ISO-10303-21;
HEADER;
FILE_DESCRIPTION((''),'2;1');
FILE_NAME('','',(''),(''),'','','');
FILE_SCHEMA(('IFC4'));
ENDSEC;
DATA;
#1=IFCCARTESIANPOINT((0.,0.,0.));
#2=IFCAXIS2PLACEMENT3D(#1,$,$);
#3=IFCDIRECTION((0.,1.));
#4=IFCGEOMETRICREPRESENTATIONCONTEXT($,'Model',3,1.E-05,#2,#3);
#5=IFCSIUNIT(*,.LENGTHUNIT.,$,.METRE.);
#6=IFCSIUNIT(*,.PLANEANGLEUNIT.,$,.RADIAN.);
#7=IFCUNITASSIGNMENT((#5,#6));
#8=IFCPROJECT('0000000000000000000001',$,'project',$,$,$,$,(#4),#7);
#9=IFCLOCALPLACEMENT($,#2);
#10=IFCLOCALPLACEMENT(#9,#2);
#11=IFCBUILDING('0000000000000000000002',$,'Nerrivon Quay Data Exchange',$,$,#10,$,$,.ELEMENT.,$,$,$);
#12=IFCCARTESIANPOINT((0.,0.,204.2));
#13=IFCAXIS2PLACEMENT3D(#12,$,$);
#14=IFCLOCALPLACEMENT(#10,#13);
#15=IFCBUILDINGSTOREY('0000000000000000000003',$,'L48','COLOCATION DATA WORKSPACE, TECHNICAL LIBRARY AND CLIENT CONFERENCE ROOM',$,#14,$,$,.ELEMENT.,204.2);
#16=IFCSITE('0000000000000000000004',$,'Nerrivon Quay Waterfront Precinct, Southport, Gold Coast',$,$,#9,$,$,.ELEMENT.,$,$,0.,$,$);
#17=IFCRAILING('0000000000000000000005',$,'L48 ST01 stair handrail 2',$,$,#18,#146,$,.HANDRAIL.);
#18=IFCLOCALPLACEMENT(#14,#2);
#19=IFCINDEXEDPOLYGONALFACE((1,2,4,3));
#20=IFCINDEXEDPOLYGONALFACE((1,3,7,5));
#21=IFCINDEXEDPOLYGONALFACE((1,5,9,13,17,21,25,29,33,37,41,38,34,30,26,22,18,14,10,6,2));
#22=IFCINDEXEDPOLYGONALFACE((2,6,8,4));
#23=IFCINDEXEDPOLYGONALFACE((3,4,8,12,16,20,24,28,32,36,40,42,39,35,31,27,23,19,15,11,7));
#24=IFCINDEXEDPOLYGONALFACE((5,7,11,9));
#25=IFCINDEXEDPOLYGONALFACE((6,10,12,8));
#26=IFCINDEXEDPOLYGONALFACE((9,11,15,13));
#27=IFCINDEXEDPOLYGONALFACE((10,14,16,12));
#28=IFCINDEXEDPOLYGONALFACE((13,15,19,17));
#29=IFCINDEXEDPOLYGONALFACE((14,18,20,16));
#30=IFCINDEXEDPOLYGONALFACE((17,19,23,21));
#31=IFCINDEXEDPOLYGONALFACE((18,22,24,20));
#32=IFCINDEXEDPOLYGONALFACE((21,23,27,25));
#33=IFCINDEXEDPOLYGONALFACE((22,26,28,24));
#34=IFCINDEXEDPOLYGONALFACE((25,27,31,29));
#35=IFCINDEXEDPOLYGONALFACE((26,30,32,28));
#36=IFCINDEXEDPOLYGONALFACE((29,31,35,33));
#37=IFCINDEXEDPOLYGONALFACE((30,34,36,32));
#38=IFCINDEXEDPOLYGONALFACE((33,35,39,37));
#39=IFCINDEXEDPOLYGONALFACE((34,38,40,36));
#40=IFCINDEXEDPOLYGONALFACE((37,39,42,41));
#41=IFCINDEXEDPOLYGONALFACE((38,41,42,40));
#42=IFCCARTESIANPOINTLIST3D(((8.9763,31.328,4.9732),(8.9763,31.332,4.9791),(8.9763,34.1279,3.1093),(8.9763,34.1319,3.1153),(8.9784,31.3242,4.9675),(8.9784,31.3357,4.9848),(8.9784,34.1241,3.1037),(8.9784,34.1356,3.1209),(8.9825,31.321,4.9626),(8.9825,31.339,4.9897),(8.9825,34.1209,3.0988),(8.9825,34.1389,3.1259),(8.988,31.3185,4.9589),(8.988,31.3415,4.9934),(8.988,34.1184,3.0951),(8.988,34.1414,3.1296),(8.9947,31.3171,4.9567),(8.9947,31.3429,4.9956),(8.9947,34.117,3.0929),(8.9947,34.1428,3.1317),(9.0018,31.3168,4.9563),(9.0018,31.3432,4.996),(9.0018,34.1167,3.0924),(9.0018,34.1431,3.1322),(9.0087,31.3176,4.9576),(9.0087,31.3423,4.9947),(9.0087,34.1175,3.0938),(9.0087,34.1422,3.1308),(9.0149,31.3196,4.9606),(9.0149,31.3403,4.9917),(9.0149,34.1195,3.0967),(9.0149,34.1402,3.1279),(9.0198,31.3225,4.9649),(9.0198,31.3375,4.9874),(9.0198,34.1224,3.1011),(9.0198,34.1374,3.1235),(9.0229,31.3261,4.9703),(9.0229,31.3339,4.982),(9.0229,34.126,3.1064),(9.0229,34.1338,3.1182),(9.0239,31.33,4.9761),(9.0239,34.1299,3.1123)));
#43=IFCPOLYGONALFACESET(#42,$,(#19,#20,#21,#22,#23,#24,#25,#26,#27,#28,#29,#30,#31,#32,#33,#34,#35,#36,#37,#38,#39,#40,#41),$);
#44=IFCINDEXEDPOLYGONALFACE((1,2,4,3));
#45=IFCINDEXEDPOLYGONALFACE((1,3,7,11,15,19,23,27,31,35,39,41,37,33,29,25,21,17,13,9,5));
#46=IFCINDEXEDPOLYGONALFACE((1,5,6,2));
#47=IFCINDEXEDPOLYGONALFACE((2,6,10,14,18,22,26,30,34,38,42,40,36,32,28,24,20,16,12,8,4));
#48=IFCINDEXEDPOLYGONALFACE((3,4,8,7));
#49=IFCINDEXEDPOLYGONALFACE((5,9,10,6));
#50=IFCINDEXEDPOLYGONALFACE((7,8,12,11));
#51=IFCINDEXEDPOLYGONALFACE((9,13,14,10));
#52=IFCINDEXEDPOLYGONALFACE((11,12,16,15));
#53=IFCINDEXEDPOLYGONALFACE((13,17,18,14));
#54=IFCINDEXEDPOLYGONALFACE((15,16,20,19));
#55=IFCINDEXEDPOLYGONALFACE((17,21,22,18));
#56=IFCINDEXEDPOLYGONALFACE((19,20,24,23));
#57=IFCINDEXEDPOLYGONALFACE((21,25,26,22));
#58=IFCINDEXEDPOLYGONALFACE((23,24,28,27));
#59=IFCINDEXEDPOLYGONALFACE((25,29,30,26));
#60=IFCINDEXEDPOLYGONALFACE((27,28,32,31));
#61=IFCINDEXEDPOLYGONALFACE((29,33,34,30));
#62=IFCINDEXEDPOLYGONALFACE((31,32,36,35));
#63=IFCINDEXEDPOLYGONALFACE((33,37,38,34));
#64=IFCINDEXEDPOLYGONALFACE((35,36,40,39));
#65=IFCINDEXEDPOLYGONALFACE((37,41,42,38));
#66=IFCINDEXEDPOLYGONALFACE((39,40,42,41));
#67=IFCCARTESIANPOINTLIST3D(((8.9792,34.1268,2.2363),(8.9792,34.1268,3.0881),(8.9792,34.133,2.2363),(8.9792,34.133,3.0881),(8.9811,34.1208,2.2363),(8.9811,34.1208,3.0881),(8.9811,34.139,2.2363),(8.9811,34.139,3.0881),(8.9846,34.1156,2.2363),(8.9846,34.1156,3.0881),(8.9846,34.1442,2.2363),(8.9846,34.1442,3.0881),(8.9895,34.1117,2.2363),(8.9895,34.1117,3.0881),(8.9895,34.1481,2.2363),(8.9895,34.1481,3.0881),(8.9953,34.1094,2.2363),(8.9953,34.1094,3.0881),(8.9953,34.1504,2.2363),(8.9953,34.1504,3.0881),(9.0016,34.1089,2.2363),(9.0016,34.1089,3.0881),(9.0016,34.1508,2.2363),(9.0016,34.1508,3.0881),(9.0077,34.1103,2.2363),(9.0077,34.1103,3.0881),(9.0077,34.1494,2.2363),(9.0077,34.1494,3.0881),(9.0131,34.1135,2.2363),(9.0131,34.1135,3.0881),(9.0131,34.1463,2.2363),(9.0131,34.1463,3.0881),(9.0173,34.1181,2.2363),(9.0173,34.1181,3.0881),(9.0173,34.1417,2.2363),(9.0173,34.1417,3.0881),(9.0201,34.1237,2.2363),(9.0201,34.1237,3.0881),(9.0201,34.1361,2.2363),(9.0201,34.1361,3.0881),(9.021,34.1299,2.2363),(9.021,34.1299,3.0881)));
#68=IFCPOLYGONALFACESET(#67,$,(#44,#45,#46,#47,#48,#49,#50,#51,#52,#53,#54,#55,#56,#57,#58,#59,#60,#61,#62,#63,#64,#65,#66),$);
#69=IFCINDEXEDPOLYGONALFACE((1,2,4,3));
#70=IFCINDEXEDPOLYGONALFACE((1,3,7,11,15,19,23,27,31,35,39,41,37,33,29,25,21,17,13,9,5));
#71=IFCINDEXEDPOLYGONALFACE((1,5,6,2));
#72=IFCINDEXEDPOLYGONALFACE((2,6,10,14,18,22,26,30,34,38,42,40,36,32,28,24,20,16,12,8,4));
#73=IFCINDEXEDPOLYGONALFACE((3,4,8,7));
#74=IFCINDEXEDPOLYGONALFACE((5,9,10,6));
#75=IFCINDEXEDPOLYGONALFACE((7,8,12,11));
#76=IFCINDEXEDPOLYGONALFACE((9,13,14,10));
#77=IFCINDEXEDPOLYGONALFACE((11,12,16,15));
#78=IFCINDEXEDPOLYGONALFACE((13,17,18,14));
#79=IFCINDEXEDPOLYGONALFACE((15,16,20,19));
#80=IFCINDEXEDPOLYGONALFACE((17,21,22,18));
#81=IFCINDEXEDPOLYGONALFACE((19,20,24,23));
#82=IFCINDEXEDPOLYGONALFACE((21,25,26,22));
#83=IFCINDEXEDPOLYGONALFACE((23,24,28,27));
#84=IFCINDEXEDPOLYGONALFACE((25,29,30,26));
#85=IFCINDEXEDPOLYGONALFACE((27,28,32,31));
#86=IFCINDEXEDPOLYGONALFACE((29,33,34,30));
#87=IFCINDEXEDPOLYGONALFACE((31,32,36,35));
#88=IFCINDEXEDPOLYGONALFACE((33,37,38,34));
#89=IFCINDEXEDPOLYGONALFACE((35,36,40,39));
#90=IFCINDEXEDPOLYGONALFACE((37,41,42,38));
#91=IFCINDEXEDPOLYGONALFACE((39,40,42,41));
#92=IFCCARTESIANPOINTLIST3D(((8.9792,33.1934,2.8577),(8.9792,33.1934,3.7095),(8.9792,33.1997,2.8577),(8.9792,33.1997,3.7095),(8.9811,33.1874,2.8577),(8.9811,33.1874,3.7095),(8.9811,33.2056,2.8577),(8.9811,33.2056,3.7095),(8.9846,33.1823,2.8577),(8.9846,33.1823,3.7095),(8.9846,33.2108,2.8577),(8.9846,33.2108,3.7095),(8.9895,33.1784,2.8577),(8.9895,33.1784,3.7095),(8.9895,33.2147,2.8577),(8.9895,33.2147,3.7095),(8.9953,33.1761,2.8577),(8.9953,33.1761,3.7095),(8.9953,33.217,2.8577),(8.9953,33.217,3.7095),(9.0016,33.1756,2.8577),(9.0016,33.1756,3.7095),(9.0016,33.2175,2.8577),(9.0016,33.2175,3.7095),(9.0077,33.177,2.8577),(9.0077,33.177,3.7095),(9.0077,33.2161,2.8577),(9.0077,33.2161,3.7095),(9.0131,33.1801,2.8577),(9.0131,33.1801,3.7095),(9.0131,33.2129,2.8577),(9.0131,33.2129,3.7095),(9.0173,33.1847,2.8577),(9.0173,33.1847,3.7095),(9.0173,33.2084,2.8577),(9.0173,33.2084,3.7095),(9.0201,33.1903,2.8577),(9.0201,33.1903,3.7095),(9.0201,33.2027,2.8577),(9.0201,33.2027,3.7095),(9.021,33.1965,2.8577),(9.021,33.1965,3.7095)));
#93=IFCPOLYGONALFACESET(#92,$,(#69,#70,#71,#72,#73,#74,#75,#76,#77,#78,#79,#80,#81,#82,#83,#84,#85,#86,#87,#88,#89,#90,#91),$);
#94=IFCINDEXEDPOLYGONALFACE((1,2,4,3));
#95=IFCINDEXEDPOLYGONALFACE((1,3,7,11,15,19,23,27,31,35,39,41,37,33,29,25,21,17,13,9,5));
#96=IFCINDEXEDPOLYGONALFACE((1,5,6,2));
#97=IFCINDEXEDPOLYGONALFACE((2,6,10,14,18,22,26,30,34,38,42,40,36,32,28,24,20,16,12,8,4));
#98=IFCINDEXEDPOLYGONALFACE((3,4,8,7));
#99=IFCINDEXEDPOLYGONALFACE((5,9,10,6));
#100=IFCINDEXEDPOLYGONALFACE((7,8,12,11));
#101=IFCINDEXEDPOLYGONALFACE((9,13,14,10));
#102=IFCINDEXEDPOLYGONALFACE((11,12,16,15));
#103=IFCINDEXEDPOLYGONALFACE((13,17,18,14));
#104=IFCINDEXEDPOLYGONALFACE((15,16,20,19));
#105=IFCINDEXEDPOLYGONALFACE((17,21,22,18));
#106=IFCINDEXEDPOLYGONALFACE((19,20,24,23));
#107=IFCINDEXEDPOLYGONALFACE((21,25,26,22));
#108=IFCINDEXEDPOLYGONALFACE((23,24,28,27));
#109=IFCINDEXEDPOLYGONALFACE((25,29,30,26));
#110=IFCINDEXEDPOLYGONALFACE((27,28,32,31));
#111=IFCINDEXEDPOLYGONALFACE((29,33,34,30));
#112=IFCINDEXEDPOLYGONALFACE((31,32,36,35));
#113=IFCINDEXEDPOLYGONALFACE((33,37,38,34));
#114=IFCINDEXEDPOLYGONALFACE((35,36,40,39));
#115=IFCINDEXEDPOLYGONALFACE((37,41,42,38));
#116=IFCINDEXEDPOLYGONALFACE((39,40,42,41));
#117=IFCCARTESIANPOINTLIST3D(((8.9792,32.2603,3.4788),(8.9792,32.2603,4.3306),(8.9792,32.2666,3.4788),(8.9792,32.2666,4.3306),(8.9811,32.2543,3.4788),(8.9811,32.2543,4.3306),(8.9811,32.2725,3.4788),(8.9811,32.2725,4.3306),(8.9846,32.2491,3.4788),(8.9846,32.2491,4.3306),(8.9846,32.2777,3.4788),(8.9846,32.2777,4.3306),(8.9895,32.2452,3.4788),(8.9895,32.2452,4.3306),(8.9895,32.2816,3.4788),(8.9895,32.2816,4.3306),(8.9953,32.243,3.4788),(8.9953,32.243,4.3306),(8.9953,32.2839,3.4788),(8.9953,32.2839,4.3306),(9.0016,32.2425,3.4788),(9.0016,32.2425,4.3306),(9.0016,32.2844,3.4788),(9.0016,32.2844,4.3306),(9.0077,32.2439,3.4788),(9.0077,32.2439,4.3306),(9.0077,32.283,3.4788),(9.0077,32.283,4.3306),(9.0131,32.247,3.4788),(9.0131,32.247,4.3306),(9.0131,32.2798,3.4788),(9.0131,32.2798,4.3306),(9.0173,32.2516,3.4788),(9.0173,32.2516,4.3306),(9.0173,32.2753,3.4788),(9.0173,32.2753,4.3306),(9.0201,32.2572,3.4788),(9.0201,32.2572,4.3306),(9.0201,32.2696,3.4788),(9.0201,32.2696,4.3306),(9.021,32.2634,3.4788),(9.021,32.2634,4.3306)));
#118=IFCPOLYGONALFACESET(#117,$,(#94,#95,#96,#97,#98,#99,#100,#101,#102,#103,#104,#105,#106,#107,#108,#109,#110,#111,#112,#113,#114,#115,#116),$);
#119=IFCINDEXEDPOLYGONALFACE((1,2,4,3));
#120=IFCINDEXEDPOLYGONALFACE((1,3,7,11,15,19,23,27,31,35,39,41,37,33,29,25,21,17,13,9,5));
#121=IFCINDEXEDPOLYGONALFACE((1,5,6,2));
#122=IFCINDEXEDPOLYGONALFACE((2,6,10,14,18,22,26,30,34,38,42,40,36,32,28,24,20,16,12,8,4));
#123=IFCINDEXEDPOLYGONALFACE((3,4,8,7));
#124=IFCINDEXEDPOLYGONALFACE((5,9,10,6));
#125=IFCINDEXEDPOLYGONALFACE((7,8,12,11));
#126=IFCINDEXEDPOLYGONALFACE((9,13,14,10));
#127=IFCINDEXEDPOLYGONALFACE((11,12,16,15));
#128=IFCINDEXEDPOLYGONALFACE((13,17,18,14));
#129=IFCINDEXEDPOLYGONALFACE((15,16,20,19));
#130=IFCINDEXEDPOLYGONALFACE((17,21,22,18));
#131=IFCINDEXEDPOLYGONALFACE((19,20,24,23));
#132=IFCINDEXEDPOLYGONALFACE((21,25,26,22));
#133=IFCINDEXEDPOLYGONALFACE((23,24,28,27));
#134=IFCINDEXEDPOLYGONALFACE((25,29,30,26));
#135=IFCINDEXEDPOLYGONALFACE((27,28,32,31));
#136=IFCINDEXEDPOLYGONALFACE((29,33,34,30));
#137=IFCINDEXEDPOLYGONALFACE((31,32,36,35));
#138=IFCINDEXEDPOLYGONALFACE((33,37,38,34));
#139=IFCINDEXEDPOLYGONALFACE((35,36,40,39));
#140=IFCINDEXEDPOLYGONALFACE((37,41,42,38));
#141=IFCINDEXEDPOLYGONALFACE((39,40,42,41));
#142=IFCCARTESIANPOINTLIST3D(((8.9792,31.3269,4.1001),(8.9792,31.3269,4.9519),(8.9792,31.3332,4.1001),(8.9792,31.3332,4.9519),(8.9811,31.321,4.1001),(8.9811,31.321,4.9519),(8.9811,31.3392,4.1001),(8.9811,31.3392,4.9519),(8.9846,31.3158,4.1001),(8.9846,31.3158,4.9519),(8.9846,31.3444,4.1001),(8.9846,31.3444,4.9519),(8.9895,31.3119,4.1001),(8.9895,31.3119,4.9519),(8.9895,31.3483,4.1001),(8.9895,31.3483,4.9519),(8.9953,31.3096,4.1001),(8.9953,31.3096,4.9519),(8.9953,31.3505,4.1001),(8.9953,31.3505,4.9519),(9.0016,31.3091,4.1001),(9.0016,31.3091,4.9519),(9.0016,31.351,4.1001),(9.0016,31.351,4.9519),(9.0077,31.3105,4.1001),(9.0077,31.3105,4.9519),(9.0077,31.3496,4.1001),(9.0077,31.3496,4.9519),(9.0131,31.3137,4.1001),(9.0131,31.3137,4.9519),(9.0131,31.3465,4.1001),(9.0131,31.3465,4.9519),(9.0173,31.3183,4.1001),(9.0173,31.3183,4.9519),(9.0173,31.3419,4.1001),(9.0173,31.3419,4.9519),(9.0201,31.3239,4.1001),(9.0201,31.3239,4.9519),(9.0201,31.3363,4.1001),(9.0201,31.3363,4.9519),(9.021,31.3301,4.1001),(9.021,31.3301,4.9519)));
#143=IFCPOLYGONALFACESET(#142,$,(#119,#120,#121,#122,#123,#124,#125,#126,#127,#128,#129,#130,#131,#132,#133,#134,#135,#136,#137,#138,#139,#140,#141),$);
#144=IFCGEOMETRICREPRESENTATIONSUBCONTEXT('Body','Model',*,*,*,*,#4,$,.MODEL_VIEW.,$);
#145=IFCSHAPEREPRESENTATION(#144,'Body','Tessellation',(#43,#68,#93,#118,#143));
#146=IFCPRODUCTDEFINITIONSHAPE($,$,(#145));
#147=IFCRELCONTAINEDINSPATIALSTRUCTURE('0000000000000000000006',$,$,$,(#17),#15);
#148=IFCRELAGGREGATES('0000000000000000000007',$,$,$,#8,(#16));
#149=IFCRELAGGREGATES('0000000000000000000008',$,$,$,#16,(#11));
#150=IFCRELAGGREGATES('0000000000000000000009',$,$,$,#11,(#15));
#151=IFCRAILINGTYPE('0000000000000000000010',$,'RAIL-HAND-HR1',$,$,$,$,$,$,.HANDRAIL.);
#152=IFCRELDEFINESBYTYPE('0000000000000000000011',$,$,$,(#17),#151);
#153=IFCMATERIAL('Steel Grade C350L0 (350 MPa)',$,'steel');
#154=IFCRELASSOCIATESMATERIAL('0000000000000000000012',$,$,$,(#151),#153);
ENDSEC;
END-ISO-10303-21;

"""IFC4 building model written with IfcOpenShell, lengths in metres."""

from ifc_helpers import new_model, si_unit, direction, frame, origin, origin_2d, place, context, subcontext, project, spatial, circle, extrude, material, type_object, element, save


model = new_model("IFC4")

# Units and contexts
model_context = context("Model", 3, precision=1e-05, world=origin(), true_north=direction((0.0, 1.0)))
body_context = subcontext(model_context, "Body", "Model", "MODEL_VIEW")
ifc_project = project(units=[si_unit("LENGTHUNIT", "METRE"), si_unit("PLANEANGLEUNIT", "RADIAN")], contexts=[model_context])

# Site, building, storey
site_placement = place(None, origin())
site = spatial("IfcSite", under=ifc_project, at=site_placement, Name="Nerrivon Quay Waterfront Precinct, Southport, Gold Coast", CompositionType="ELEMENT", RefElevation=0.0)
building_placement = place(site_placement, origin())
building = spatial("IfcBuilding", under=site, at=building_placement, Name="Nerrivon Quay Data Exchange", CompositionType="ELEMENT")
storey_placement = place(building_placement, frame((0.0, 0.0, 204.2)))
storey = spatial("IfcBuildingStorey", under=building, at=storey_placement, Name="L48", Description="COLOCATION DATA WORKSPACE, TECHNICAL LIBRARY AND CLIENT CONFERENCE ROOM", CompositionType="ELEMENT", Elevation=204.2)

# Railing
ifc_material_1 = material(Name="Steel Grade C350L0 (350 MPa)", Category="steel")
railing_type_1 = type_object("IfcRailingType", Name="RAIL-HAND-HR1", PredefinedType="HANDRAIL", material=ifc_material_1)
railing_1_placement = place(storey_placement, frame((9.0, 34.1299, 2.2363)))
element("IfcRailing", 1, at=railing_1_placement, inside=storey, type_object=railing_type_1, Name="L48 ST01 stair handrail 2", PredefinedType="HANDRAIL", context=body_context, shape_type="SweptSolid", body=[
    extrude(circle(Radius=0.0239, at=origin_2d()), frame((0.0, 0.0, 0.876), z_axis=(0.0, -0.83243, 0.554131), x_axis=(1.0, 0.0, 0.0)), (0.0, 0.0, 1.0), 3.3635),
    extrude(circle(Radius=0.021, at=origin_2d()), origin(), (0.0, 0.0, 1.0), 0.8518),
    extrude(circle(Radius=0.021, at=origin_2d()), frame((0.0, -0.9333, 0.6213)), (0.0, 0.0, 1.0), 0.8518),
    extrude(circle(Radius=0.021, at=origin_2d()), frame((0.0, -1.8665, 1.2424)), (0.0, 0.0, 1.0), 0.8518),
    extrude(circle(Radius=0.021, at=origin_2d()), frame((0.0, -2.7998, 1.8638)), (0.0, 0.0, 1.0), 0.8518),
])

save(model, "model.ifc")
